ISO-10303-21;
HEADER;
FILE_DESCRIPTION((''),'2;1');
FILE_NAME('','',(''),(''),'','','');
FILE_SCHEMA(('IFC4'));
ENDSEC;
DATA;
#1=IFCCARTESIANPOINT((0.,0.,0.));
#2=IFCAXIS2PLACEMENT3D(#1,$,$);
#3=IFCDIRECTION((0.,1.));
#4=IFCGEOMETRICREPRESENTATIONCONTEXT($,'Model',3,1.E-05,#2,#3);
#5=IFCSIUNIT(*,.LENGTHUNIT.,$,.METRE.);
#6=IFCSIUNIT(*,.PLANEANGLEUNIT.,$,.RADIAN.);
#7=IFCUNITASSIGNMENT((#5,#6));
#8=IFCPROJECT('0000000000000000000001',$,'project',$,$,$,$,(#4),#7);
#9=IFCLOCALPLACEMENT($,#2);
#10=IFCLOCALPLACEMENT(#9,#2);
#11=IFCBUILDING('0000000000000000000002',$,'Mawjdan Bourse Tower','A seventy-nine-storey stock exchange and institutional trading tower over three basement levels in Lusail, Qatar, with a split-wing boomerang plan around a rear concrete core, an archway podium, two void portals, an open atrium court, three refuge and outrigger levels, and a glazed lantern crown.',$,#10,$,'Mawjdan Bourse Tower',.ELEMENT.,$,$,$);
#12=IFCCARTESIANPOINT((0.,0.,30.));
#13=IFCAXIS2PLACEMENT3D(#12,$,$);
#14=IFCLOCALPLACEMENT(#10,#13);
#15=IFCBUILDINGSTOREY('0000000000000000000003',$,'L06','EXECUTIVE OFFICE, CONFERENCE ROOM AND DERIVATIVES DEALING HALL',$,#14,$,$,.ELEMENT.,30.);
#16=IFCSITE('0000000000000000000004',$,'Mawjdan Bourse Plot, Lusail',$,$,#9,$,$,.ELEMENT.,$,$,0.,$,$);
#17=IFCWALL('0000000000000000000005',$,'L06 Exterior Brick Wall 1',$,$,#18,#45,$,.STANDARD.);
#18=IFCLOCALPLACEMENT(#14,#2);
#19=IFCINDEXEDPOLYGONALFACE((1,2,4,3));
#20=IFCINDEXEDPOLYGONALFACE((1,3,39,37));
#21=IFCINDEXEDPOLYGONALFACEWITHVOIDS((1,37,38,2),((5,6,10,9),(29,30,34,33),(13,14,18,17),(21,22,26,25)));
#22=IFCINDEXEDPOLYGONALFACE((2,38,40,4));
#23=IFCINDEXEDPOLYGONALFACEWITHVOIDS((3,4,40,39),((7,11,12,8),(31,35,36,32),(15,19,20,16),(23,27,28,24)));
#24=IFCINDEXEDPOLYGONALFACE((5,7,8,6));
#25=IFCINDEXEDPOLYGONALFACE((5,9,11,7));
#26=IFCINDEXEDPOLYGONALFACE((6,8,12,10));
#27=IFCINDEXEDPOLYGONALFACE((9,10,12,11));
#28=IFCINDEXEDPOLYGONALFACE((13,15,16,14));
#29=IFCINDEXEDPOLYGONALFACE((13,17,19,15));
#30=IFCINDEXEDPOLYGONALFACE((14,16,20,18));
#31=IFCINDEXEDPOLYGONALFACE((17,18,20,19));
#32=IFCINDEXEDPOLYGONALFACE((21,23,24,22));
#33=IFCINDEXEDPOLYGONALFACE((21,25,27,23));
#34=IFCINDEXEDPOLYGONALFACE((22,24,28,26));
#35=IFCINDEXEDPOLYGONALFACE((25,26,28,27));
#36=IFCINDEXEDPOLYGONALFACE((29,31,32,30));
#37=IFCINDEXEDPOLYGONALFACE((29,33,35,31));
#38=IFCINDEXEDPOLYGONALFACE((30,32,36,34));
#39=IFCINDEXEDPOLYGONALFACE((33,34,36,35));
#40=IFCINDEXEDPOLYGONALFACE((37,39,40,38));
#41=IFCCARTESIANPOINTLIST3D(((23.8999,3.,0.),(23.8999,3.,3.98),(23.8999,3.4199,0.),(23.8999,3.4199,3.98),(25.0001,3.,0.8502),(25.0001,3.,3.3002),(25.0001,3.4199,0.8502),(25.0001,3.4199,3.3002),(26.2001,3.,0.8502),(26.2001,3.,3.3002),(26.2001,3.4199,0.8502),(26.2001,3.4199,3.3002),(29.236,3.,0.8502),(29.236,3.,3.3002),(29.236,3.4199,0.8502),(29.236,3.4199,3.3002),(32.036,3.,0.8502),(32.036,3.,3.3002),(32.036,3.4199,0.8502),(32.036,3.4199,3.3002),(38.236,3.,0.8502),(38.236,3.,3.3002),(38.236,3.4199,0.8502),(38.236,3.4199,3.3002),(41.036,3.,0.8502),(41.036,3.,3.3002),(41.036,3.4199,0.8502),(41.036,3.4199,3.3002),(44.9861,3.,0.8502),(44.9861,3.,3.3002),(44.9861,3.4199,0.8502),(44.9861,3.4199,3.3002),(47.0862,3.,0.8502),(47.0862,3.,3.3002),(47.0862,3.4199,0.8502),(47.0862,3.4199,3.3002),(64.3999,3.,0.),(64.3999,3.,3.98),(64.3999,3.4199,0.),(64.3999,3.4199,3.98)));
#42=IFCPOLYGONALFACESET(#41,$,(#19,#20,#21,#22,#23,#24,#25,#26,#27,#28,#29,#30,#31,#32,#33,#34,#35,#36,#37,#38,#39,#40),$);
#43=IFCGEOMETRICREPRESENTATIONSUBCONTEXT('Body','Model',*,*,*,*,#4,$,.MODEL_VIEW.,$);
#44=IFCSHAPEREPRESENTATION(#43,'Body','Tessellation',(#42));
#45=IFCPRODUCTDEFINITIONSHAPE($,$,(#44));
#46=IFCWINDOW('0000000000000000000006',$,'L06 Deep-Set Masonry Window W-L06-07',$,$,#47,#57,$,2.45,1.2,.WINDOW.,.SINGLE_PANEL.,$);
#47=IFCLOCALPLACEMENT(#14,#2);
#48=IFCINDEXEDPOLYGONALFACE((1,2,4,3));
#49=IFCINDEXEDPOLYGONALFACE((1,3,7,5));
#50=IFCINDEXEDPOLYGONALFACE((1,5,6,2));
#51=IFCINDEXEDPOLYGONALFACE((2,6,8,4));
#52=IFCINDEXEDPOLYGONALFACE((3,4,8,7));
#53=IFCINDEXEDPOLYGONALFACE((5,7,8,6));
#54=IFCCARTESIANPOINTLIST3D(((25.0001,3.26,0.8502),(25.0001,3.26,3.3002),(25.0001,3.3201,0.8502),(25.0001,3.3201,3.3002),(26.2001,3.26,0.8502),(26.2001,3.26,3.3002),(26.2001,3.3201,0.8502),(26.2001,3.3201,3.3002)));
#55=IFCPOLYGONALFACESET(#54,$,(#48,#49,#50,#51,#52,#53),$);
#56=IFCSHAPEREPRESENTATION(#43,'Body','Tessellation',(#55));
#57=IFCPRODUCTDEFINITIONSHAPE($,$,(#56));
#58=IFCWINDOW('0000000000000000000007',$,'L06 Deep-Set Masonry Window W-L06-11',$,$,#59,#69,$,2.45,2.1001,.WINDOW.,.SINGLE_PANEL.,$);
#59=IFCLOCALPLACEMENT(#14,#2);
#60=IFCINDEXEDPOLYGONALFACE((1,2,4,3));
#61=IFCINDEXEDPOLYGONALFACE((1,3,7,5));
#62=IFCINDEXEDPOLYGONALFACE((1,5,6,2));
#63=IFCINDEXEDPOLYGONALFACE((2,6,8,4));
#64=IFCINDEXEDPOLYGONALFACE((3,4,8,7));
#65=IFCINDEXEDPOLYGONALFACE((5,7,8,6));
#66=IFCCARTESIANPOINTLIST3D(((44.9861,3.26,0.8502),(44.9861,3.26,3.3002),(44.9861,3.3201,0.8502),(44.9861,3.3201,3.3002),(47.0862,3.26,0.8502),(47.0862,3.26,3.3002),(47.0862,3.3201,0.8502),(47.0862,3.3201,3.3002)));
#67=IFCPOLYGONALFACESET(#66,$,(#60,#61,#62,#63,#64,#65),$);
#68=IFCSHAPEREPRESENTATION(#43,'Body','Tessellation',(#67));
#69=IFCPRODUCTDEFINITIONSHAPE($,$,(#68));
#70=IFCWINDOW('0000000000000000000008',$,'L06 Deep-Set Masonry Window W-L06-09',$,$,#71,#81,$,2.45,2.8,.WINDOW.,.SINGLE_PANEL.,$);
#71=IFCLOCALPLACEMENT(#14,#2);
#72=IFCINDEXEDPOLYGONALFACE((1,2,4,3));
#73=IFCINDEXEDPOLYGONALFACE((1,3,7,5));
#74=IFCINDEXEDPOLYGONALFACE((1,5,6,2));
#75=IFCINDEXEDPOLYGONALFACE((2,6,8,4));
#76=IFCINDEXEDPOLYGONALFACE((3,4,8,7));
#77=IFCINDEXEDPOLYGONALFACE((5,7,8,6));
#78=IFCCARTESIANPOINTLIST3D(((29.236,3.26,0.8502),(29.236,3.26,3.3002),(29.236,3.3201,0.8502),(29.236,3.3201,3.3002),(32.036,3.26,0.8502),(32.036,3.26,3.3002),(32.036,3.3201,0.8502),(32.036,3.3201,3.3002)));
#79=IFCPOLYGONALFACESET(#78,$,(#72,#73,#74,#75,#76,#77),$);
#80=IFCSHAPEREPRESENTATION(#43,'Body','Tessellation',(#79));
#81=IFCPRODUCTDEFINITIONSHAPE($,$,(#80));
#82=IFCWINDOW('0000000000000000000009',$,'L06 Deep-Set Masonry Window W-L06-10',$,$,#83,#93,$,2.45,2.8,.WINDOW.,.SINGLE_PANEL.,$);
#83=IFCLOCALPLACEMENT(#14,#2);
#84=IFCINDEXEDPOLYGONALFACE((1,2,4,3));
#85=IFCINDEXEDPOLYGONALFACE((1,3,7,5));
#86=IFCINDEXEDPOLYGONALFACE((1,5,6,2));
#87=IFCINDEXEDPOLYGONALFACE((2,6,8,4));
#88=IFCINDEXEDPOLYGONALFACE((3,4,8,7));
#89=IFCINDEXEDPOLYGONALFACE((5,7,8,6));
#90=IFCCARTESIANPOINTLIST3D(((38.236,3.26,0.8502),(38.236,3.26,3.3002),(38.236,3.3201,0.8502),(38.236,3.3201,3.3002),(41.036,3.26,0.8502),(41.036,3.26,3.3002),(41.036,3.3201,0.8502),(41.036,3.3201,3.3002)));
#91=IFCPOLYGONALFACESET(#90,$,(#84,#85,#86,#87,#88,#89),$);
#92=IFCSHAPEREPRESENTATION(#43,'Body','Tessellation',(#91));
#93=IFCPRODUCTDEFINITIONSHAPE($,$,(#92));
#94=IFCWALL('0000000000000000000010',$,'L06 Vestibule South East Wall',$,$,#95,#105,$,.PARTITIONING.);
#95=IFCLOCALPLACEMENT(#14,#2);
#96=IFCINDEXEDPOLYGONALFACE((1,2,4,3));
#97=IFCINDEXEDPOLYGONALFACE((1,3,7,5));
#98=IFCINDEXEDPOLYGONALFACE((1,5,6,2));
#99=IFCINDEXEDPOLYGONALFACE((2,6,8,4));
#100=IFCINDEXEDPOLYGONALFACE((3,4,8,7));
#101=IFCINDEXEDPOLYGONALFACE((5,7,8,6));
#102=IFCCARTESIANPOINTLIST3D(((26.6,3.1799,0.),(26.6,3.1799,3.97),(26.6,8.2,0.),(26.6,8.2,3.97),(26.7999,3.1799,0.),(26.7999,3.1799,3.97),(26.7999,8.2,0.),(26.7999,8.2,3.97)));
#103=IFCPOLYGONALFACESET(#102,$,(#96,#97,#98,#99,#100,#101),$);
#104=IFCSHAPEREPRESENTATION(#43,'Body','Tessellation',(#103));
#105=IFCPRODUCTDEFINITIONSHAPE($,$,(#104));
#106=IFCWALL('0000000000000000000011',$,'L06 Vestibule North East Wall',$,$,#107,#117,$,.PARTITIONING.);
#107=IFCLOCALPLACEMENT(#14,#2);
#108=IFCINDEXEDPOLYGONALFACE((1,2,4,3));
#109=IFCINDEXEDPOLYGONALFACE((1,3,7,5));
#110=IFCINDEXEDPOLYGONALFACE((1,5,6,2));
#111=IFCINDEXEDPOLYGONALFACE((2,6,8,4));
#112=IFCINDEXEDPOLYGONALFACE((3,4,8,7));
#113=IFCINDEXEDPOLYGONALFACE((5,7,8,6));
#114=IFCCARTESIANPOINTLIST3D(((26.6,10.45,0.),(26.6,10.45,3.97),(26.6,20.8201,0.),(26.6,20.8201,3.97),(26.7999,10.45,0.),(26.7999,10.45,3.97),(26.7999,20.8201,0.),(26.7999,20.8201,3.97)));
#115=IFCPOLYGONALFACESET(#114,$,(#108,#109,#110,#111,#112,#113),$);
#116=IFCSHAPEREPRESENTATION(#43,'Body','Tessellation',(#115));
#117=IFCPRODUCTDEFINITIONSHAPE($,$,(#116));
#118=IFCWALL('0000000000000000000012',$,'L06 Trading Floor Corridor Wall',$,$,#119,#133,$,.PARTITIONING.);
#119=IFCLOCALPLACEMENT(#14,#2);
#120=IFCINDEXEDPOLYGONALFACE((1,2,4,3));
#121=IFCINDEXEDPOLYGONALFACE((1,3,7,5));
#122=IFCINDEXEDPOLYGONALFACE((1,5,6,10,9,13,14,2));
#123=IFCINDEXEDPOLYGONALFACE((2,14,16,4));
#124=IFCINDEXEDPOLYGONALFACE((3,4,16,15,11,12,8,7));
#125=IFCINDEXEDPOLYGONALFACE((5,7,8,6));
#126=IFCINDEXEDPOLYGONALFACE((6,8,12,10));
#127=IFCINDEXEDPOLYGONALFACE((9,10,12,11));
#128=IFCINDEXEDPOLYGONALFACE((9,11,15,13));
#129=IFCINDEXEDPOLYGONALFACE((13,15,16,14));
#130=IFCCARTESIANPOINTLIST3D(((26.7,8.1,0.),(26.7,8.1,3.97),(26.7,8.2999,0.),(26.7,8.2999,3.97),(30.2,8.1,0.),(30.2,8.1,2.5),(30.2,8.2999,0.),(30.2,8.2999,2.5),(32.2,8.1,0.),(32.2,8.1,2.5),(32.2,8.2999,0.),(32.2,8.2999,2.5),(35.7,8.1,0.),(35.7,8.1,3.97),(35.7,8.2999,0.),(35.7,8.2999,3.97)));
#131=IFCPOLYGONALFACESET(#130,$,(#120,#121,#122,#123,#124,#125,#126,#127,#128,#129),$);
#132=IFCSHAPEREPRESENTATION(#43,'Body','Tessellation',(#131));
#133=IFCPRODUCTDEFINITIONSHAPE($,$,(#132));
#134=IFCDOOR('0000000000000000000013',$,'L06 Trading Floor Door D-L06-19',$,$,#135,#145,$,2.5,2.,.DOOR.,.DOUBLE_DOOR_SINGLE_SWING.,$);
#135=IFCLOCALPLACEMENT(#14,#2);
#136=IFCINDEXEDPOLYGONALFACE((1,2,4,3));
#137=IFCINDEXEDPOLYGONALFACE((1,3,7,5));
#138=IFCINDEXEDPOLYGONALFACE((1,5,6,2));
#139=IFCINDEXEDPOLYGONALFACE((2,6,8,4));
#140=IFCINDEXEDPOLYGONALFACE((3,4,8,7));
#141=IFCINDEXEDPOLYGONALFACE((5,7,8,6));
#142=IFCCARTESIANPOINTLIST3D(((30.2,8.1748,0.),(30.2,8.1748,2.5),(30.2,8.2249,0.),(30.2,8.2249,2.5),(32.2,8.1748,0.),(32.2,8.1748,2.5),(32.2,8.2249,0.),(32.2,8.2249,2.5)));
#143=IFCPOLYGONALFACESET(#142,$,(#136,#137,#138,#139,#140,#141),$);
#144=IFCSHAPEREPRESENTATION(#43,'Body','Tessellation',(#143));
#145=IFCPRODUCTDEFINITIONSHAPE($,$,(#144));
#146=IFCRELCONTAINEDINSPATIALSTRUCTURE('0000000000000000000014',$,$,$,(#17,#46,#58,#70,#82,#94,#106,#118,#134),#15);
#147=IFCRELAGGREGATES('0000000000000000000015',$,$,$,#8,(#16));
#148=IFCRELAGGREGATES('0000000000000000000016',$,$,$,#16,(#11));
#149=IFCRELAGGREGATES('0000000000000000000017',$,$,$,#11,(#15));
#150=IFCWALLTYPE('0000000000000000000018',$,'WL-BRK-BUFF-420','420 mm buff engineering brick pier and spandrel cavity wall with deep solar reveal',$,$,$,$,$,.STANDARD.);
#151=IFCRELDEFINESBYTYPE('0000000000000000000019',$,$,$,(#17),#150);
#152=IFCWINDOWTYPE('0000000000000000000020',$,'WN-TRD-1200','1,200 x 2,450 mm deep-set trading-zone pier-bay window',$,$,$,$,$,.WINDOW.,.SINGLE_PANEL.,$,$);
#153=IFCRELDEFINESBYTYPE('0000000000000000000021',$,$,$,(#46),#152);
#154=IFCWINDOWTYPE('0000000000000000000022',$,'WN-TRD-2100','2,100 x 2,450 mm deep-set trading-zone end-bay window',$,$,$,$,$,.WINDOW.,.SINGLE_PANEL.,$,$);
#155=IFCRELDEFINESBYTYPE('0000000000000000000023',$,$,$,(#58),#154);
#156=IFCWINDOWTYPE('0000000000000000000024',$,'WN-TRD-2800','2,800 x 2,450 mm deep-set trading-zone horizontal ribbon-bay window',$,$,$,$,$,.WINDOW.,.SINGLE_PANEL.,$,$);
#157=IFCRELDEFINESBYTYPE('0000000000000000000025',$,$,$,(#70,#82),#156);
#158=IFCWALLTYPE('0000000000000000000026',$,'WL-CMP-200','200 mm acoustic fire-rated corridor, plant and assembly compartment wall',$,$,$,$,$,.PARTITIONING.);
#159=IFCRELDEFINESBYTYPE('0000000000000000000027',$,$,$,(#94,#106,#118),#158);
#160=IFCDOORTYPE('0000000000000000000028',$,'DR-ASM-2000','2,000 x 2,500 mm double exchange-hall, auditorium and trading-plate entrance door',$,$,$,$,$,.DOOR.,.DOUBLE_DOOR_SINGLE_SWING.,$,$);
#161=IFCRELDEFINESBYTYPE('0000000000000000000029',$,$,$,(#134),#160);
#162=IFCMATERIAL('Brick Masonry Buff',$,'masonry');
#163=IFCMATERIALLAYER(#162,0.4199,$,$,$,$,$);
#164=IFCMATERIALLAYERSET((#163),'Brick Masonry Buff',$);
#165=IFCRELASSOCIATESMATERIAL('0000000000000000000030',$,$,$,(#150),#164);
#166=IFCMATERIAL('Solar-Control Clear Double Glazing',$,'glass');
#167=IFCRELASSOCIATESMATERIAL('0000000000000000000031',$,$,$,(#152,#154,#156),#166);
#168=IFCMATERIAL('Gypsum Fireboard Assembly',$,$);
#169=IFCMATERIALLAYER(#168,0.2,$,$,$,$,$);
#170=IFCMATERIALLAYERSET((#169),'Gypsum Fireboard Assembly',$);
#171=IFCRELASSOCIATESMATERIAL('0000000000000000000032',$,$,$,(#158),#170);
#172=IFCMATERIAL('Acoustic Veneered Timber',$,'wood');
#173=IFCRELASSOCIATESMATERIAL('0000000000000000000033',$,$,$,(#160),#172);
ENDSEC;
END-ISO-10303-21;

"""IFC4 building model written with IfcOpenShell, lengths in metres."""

from ifc_helpers import new_model, si_unit, direction, frame, frame_2d, origin, place, context, subcontext, project, spatial, rectangle, extrude, material, layer, layer_set, type_object, element, fill, save


model = new_model("IFC4")

# Units and contexts
model_context = context("Model", 3, precision=1e-05, world=origin(), true_north=direction((0.0, 1.0)))
body_context = subcontext(model_context, "Body", "Model", "MODEL_VIEW")
ifc_project = project(units=[si_unit("LENGTHUNIT", "METRE"), si_unit("PLANEANGLEUNIT", "RADIAN")], contexts=[model_context])

# Site, building, storey
site_placement = place(None, origin())
site = spatial("IfcSite", under=ifc_project, at=site_placement, Name="Mawjdan Bourse Plot, Lusail", CompositionType="ELEMENT", RefElevation=0.0)
building_placement = place(site_placement, origin())
building = spatial("IfcBuilding", under=site, at=building_placement, Name="Mawjdan Bourse Tower", Description="A seventy-nine-storey stock exchange and institutional trading tower over three basement levels in Lusail, Qatar, with a split-wing boomerang plan around a rear concrete core, an archway podium, two void portals, an open atrium court, three refuge and outrigger levels, and a glazed lantern crown.", LongName="Mawjdan Bourse Tower", CompositionType="ELEMENT")
storey_placement = place(building_placement, frame((0.0, 0.0, 30.0)))
storey = spatial("IfcBuildingStorey", under=building, at=storey_placement, Name="L06", Description="EXECUTIVE OFFICE, CONFERENCE ROOM AND DERIVATIVES DEALING HALL", CompositionType="ELEMENT", Elevation=30.0)

# Wall, openings, windows
ifc_material_1 = material(Name="Brick Masonry Buff", Category="masonry")
ifc_layer_1 = layer(ifc_material_1, 0.4199)
ifc_layer_set_1 = layer_set([ifc_layer_1], Name="Brick Masonry Buff")
wall_type_1 = type_object("IfcWallType", Name="WL-BRK-BUFF-420", Description="420 mm buff engineering brick pier and spandrel cavity wall with deep solar reveal", PredefinedType="STANDARD", material=ifc_layer_set_1)
wall_1_placement = place(storey_placement, frame((23.8999, 3.21, 0.0), z_axis=(0.0, 0.0, 1.0), x_axis=(1.0, 0.0, 0.0)))
wall_1 = element("IfcWall", 1, at=wall_1_placement, inside=storey, type_object=wall_type_1, Name="L06 Exterior Brick Wall 1", PredefinedType="STANDARD", context=body_context, shape_type="SweptSolid", body=[
    extrude(rectangle(XDim=40.5, YDim=0.4199, at=frame_2d((20.25, 0.0))), origin(), (0.0, 0.0, 1.0), 3.98),
])
opening_1_placement = place(wall_1_placement, frame((1.1001, 0.0, 0.8501)))
opening_1 = element("IfcOpeningElement", 2, at=opening_1_placement, cuts=wall_1, PredefinedType="OPENING", context=body_context, shape_type="SweptSolid", body=[
    extrude(rectangle(XDim=1.2, YDim=2.45, at=frame_2d((0.6001, 1.2251))), frame((0.0, 0.22, 0.0), z_axis=(0.0, -1.0, 0.0), x_axis=(1.0, 0.0, 0.0)), (0.0, 0.0, 1.0), 0.4399),
])
opening_2_placement = place(wall_1_placement, frame((5.3362, 0.0, 0.8501)))
opening_2 = element("IfcOpeningElement", 3, at=opening_2_placement, cuts=wall_1, PredefinedType="OPENING", context=body_context, shape_type="SweptSolid", body=[
    extrude(rectangle(XDim=2.8, YDim=2.45, at=frame_2d((1.3999, 1.2251))), frame((0.0, 0.22, 0.0), z_axis=(0.0, -1.0, 0.0), x_axis=(1.0, 0.0, 0.0)), (0.0, 0.0, 1.0), 0.4399),
])
opening_3_placement = place(wall_1_placement, frame((14.3362, 0.0, 0.8501)))
opening_3 = element("IfcOpeningElement", 4, at=opening_3_placement, cuts=wall_1, PredefinedType="OPENING", context=body_context, shape_type="SweptSolid", body=[
    extrude(rectangle(XDim=2.8, YDim=2.45, at=frame_2d((1.3999, 1.2251))), frame((0.0, 0.22, 0.0), z_axis=(0.0, -1.0, 0.0), x_axis=(1.0, 0.0, 0.0)), (0.0, 0.0, 1.0), 0.4399),
])
opening_4_placement = place(wall_1_placement, frame((21.0862, 0.0, 0.8501)))
opening_4 = element("IfcOpeningElement", 5, at=opening_4_placement, cuts=wall_1, PredefinedType="OPENING", context=body_context, shape_type="SweptSolid", body=[
    extrude(rectangle(XDim=2.1001, YDim=2.45, at=frame_2d((1.05, 1.2251))), frame((0.0, 0.22, 0.0), z_axis=(0.0, -1.0, 0.0), x_axis=(1.0, 0.0, 0.0)), (0.0, 0.0, 1.0), 0.4399),
])
ifc_material_2 = material(Name="Solar-Control Clear Double Glazing", Category="glass")
window_type_1 = type_object("IfcWindowType", Name="WN-TRD-1200", Description="1,200 x 2,450 mm deep-set trading-zone pier-bay window", PartitioningType="SINGLE_PANEL", PredefinedType="WINDOW", material=ifc_material_2)
window_1_placement = place(opening_1_placement, origin())
window_1 = element("IfcWindow", 6, at=window_1_placement, inside=storey, type_object=window_type_1, Name="L06 Deep-Set Masonry Window W-L06-07", OverallHeight=2.45, OverallWidth=1.2, PartitioningType="SINGLE_PANEL", PredefinedType="WINDOW", context=body_context, shape_type="SweptSolid", body=[
    extrude(rectangle(XDim=1.2, YDim=2.45, at=frame_2d((0.6001, 1.2251))), frame((0.0, 0.1101, 0.0), z_axis=(0.0, -1.0, 0.0), x_axis=(1.0, 0.0, 0.0)), (0.0, 0.0, 1.0), 0.0601),
])
fill(opening_1, window_1)
window_type_2 = type_object("IfcWindowType", Name="WN-TRD-2100", Description="2,100 x 2,450 mm deep-set trading-zone end-bay window", PartitioningType="SINGLE_PANEL", PredefinedType="WINDOW", material=ifc_material_2)
window_2_placement = place(opening_4_placement, origin())
window_2 = element("IfcWindow", 7, at=window_2_placement, inside=storey, type_object=window_type_2, Name="L06 Deep-Set Masonry Window W-L06-11", OverallHeight=2.45, OverallWidth=2.1001, PartitioningType="SINGLE_PANEL", PredefinedType="WINDOW", context=body_context, shape_type="SweptSolid", body=[
    extrude(rectangle(XDim=2.1001, YDim=2.45, at=frame_2d((1.05, 1.2251))), frame((0.0, 0.1101, 0.0), z_axis=(0.0, -1.0, 0.0), x_axis=(1.0, 0.0, 0.0)), (0.0, 0.0, 1.0), 0.0601),
])
fill(opening_4, window_2)
window_type_3 = type_object("IfcWindowType", Name="WN-TRD-2800", Description="2,800 x 2,450 mm deep-set trading-zone horizontal ribbon-bay window", PartitioningType="SINGLE_PANEL", PredefinedType="WINDOW", material=ifc_material_2)
window_3_placement = place(opening_2_placement, origin())
window_3 = element("IfcWindow", 8, at=window_3_placement, inside=storey, type_object=window_type_3, Name="L06 Deep-Set Masonry Window W-L06-09", OverallHeight=2.45, OverallWidth=2.8, PartitioningType="SINGLE_PANEL", PredefinedType="WINDOW", context=body_context, shape_type="SweptSolid", body=[
    extrude(rectangle(XDim=2.8, YDim=2.45, at=frame_2d((1.3999, 1.2251))), frame((0.0, 0.1101, 0.0), z_axis=(0.0, -1.0, 0.0), x_axis=(1.0, 0.0, 0.0)), (0.0, 0.0, 1.0), 0.0601),
])
fill(opening_2, window_3)
window_4_placement = place(opening_3_placement, origin())
window_4 = element("IfcWindow", 9, at=window_4_placement, inside=storey, type_object=window_type_3, Name="L06 Deep-Set Masonry Window W-L06-10", OverallHeight=2.45, OverallWidth=2.8, PartitioningType="SINGLE_PANEL", PredefinedType="WINDOW", context=body_context, shape_type="SweptSolid", body=[
    extrude(rectangle(XDim=2.8, YDim=2.45, at=frame_2d((1.3999, 1.2251))), frame((0.0, 0.1101, 0.0), z_axis=(0.0, -1.0, 0.0), x_axis=(1.0, 0.0, 0.0)), (0.0, 0.0, 1.0), 0.0601),
])
fill(opening_3, window_4)

# Shared definitions
ifc_material_3 = material(Name="Gypsum Fireboard Assembly")
ifc_layer_2 = layer(ifc_material_3, 0.2)
ifc_layer_set_2 = layer_set([ifc_layer_2], Name="Gypsum Fireboard Assembly")
wall_type_2 = type_object("IfcWallType", Name="WL-CMP-200", Description="200 mm acoustic fire-rated corridor, plant and assembly compartment wall", PredefinedType="PARTITIONING", material=ifc_layer_set_2)

# Walls
wall_2_placement = place(storey_placement, frame((26.7, 3.1799, 0.0), z_axis=(0.0, 0.0, 1.0), x_axis=(0.0, 1.0, 0.0)))
element("IfcWall", 10, at=wall_2_placement, inside=storey, type_object=wall_type_2, Name="L06 Vestibule South East Wall", PredefinedType="PARTITIONING", context=body_context, shape_type="SweptSolid", body=[
    extrude(rectangle(XDim=5.02, YDim=0.2, at=frame_2d((2.51, 0.0))), origin(), (0.0, 0.0, 1.0), 3.97),
])
wall_3_placement = place(storey_placement, frame((26.7, 10.45, 0.0), z_axis=(0.0, 0.0, 1.0), x_axis=(0.0, 1.0, 0.0)))
element("IfcWall", 11, at=wall_3_placement, inside=storey, type_object=wall_type_2, Name="L06 Vestibule North East Wall", PredefinedType="PARTITIONING", context=body_context, shape_type="SweptSolid", body=[
    extrude(rectangle(XDim=10.3701, YDim=0.2, at=frame_2d((5.1851, 0.0))), origin(), (0.0, 0.0, 1.0), 3.97),
])

# Wall, opening, door
wall_4_placement = place(storey_placement, frame((26.7, 8.2, 0.0), z_axis=(0.0, 0.0, 1.0), x_axis=(1.0, 0.0, 0.0)))
wall_4 = element("IfcWall", 12, at=wall_4_placement, inside=storey, type_object=wall_type_2, Name="L06 Trading Floor Corridor Wall", PredefinedType="PARTITIONING", context=body_context, shape_type="SweptSolid", body=[
    extrude(rectangle(XDim=9.0, YDim=0.2, at=frame_2d((4.5, 0.0))), origin(), (0.0, 0.0, 1.0), 3.97),
])
opening_5_placement = place(wall_4_placement, frame((3.5, 0.0, 0.0)))
opening_5 = element("IfcOpeningElement", 13, at=opening_5_placement, cuts=wall_4, PredefinedType="OPENING", context=body_context, shape_type="SweptSolid", body=[
    extrude(rectangle(XDim=2.0, YDim=2.5, at=frame_2d((1.0, 1.25))), frame((0.0, 0.1099, 0.0), z_axis=(0.0, -1.0, 0.0), x_axis=(1.0, 0.0, 0.0)), (0.0, 0.0, 1.0), 0.22),
])
ifc_material_4 = material(Name="Acoustic Veneered Timber", Category="wood")
door_type_1 = type_object("IfcDoorType", Name="DR-ASM-2000", Description="2,000 x 2,500 mm double exchange-hall, auditorium and trading-plate entrance door", OperationType="DOUBLE_DOOR_SINGLE_SWING", PredefinedType="DOOR", material=ifc_material_4)
door_1_placement = place(opening_5_placement, origin())
door_1 = element("IfcDoor", 14, at=door_1_placement, inside=storey, type_object=door_type_1, Name="L06 Trading Floor Door D-L06-19", OperationType="DOUBLE_DOOR_SINGLE_SWING", OverallHeight=2.5, OverallWidth=2.0, PredefinedType="DOOR", context=body_context, shape_type="SweptSolid", body=[
    extrude(rectangle(XDim=2.0, YDim=2.5, at=frame_2d((1.0, 1.25))), frame((0.0, 0.0249, 0.0), z_axis=(0.0, -1.0, 0.0), x_axis=(1.0, 0.0, 0.0)), (0.0, 0.0, 1.0), 0.05),
])
fill(opening_5, door_1)

save(model, "model.ifc")
